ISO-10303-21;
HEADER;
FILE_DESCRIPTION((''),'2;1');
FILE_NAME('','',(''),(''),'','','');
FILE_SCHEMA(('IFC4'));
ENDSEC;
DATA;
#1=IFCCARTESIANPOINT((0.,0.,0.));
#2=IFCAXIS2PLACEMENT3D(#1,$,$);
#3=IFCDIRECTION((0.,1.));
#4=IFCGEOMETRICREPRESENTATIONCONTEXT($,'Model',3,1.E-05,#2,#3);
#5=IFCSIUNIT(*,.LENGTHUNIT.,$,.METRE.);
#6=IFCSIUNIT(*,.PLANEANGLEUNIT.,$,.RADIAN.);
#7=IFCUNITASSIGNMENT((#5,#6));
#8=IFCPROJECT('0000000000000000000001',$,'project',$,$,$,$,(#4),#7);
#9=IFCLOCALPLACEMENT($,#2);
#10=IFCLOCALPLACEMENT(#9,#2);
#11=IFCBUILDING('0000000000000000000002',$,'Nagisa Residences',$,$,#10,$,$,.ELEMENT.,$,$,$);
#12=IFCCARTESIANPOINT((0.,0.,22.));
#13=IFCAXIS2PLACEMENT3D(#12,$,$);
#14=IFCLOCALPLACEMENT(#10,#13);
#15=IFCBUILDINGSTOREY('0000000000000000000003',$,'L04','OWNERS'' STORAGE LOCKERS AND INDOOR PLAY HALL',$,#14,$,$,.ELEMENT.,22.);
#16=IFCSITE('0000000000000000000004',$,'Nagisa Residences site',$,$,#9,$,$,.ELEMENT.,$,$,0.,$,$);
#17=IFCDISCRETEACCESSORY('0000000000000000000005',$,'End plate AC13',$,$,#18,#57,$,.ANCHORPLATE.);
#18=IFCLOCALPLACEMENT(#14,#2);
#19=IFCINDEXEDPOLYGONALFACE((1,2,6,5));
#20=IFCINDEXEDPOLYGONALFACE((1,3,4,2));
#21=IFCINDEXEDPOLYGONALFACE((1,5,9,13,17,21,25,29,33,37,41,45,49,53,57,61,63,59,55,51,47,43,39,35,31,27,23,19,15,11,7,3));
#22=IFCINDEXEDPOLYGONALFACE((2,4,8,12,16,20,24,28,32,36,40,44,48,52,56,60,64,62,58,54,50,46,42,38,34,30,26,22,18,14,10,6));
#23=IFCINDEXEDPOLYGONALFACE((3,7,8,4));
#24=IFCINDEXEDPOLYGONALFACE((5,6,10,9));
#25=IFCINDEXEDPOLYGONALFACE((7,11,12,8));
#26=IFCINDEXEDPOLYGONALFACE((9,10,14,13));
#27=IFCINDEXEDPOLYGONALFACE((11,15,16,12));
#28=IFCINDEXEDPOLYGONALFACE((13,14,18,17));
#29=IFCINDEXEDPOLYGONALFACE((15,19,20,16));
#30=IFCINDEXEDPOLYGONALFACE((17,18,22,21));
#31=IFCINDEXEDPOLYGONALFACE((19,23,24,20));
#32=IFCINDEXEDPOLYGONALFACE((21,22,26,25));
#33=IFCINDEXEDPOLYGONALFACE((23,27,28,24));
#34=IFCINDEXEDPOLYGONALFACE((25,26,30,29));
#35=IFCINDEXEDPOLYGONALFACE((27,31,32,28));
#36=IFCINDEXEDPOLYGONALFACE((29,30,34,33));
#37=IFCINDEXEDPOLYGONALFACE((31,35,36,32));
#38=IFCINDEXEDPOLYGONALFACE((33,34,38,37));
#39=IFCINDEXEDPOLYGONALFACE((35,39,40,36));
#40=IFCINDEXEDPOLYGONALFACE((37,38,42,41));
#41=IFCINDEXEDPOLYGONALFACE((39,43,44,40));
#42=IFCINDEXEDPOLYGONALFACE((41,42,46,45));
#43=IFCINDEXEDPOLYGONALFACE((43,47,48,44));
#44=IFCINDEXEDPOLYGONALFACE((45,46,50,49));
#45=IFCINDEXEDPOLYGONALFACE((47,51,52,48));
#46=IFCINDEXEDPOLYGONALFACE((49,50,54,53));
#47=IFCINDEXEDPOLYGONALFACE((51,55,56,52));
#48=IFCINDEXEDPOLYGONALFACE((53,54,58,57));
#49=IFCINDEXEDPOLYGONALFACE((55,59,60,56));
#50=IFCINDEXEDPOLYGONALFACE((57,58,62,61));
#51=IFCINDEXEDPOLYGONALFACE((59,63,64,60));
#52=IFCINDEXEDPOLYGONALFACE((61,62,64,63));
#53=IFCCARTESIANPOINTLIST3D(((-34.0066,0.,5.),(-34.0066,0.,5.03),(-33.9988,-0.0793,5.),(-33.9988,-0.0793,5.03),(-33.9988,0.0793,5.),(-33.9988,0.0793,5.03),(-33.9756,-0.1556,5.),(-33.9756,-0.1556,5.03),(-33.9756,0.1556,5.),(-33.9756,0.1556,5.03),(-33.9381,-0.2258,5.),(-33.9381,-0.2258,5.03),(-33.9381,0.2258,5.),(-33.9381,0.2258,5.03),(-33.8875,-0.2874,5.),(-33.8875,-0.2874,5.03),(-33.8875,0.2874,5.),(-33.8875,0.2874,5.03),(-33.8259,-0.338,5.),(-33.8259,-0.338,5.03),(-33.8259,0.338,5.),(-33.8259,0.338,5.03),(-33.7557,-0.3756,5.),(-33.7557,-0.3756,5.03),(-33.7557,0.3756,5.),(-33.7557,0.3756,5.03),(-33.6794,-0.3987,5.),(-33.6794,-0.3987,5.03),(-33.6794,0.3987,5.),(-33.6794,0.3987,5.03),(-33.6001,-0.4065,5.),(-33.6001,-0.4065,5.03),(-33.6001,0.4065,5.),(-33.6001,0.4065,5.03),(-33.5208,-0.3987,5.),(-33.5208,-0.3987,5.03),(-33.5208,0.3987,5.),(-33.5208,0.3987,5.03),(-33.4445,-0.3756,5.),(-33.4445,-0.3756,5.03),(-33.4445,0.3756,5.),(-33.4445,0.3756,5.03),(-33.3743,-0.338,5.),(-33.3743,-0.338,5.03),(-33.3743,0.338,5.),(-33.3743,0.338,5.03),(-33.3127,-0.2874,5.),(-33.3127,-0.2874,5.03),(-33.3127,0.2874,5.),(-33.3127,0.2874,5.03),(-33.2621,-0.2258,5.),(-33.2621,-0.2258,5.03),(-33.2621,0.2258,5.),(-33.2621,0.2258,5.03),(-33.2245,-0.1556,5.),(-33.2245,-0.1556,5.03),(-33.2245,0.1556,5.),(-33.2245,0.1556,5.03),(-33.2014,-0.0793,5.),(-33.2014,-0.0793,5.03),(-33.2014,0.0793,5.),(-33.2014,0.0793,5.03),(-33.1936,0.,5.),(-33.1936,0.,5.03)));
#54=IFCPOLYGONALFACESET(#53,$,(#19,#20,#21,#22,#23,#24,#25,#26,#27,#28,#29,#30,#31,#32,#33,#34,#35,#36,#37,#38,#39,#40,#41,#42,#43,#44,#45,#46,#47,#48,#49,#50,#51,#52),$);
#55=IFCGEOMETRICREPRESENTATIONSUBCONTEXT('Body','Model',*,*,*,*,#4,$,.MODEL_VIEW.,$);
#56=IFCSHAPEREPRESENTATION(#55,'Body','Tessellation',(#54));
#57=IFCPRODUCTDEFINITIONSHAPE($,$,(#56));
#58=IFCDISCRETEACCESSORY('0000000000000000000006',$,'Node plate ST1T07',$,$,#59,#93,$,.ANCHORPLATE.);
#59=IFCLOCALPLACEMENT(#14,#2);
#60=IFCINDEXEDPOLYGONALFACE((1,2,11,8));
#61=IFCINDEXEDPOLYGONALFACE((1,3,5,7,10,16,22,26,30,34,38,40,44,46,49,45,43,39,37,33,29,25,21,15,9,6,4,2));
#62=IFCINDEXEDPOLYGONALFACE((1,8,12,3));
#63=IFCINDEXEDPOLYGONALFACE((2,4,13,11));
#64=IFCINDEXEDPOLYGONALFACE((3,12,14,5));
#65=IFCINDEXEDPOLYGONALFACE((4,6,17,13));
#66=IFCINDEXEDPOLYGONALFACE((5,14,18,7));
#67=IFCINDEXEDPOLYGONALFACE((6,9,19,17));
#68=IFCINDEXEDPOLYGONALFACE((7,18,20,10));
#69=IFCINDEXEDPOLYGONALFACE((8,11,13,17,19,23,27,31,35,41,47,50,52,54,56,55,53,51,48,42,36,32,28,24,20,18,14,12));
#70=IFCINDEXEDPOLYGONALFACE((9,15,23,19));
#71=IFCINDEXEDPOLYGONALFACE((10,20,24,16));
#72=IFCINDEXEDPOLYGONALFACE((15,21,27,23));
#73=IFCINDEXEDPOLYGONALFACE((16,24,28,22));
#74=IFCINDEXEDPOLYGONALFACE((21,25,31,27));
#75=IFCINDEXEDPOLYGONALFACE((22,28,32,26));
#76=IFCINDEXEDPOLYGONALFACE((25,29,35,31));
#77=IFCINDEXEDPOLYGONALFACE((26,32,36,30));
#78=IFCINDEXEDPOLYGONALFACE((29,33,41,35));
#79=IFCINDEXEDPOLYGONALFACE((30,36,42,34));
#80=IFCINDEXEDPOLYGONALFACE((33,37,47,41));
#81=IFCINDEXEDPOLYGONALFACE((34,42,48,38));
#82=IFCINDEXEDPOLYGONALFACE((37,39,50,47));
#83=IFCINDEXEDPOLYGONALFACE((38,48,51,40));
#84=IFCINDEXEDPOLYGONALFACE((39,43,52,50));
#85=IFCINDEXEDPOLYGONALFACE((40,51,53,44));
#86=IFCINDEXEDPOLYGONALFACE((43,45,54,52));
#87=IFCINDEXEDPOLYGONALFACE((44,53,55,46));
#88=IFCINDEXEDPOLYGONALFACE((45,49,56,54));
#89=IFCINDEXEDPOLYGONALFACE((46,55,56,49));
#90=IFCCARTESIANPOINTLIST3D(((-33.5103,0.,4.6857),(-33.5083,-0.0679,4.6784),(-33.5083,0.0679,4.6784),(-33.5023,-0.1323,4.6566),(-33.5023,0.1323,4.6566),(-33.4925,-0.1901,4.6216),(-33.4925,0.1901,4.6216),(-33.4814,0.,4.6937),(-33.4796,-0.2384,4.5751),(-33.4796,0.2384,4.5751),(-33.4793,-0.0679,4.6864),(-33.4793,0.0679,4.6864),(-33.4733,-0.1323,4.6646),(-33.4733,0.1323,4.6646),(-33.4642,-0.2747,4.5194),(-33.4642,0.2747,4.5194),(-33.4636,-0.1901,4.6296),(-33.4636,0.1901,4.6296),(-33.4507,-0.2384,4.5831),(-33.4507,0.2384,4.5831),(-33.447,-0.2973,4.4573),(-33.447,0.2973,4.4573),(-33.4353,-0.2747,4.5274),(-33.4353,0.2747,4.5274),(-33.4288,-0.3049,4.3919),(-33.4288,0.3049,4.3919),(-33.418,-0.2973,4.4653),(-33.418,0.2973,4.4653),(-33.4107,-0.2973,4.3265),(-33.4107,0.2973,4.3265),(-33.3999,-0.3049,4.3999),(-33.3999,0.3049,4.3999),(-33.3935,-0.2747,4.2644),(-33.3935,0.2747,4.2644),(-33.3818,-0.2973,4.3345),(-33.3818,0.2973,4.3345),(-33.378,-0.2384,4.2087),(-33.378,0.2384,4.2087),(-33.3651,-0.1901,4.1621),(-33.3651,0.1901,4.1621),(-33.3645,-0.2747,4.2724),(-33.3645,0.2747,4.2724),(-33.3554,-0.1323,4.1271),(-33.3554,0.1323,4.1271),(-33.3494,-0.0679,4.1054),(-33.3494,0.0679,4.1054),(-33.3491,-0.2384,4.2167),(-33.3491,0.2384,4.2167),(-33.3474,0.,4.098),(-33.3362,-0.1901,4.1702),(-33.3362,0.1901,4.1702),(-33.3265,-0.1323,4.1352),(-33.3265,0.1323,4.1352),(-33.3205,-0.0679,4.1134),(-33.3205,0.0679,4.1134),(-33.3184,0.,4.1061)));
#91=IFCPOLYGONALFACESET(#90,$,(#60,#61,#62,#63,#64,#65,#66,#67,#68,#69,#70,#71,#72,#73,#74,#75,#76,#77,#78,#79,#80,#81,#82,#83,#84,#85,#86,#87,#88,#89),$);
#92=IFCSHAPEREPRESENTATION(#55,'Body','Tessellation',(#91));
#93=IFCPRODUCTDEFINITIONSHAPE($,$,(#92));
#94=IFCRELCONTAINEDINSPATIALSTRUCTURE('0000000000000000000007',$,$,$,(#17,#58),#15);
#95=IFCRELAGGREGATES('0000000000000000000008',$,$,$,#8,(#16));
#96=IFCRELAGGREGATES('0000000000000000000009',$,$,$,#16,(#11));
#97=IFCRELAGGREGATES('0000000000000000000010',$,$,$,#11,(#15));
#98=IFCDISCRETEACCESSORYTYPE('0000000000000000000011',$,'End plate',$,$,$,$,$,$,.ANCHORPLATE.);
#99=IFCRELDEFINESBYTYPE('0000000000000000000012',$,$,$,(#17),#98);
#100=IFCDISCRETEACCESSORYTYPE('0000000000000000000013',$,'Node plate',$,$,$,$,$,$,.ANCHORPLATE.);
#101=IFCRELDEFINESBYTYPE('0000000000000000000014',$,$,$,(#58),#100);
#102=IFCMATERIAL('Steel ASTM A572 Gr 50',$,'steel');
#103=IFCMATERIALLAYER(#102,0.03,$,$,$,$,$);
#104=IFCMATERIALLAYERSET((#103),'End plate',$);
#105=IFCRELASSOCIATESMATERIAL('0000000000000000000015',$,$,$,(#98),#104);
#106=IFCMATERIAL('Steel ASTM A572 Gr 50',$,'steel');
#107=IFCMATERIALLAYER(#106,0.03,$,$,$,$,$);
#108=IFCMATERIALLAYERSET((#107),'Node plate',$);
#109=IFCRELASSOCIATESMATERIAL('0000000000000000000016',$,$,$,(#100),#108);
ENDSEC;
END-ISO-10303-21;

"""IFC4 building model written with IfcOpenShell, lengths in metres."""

from ifc_helpers import new_model, si_unit, direction, frame, origin, origin_2d, place, context, subcontext, project, spatial, circle, extrude, material, layer, layer_set, type_object, element, save


model = new_model("IFC4")

# Units and contexts
model_context = context("Model", 3, precision=1e-05, world=origin(), true_north=direction((0.0, 1.0)))
body_context = subcontext(model_context, "Body", "Model", "MODEL_VIEW")
ifc_project = project(units=[si_unit("LENGTHUNIT", "METRE"), si_unit("PLANEANGLEUNIT", "RADIAN")], contexts=[model_context])

# Site, building, storey
site_placement = place(None, origin())
site = spatial("IfcSite", under=ifc_project, at=site_placement, Name="Nagisa Residences site", CompositionType="ELEMENT", RefElevation=0.0)
building_placement = place(site_placement, origin())
building = spatial("IfcBuilding", under=site, at=building_placement, Name="Nagisa Residences", CompositionType="ELEMENT")
storey_placement = place(building_placement, frame((0.0, 0.0, 22.0)))
storey = spatial("IfcBuildingStorey", under=building, at=storey_placement, Name="L04", Description="OWNERS' STORAGE LOCKERS AND INDOOR PLAY HALL", CompositionType="ELEMENT", Elevation=22.0)

# Discrete accessories
ifc_material_1 = material(Name="Steel ASTM A572 Gr 50", Category="steel")
ifc_layer_1 = layer(ifc_material_1, 0.03)
ifc_layer_set_1 = layer_set([ifc_layer_1], Name="End plate")
discrete_accessory_type_1 = type_object("IfcDiscreteAccessoryType", Name="End plate", PredefinedType="ANCHORPLATE", material=ifc_layer_set_1)
for number, where, z_axis, x_axis, name in (
    (1, (-33.6001, 0.0, 5.0), (0.0, 0.0, 1.0), (1.0, 0.0, 0.0), "End plate AC13"),
):
    element("IfcDiscreteAccessory", number, at=place(storey_placement, frame(where, z_axis=z_axis, x_axis=x_axis)), inside=storey, type_object=discrete_accessory_type_1, Name=name, PredefinedType="ANCHORPLATE", context=body_context, shape_type="SweptSolid", body=[
        extrude(circle(Radius=0.4065, at=origin_2d()), origin(), (0.0, 0.0, 1.0), 0.03),
    ])
ifc_material_2 = material(Name="Steel ASTM A572 Gr 50", Category="steel")
ifc_layer_2 = layer(ifc_material_2, 0.03)
ifc_layer_set_2 = layer_set([ifc_layer_2], Name="Node plate")
discrete_accessory_type_2 = type_object("IfcDiscreteAccessoryType", Name="Node plate", PredefinedType="ANCHORPLATE", material=ifc_layer_set_2)
discrete_accessory_placement = place(storey_placement, frame((-33.3999, 0.0, 4.3999), z_axis=(-0.963634, 0.0, -0.267226), x_axis=(0.0, -1.0, 0.0)))
element("IfcDiscreteAccessory", 2, at=discrete_accessory_placement, inside=storey, type_object=discrete_accessory_type_2, Name="Node plate ST1T07", PredefinedType="ANCHORPLATE", context=body_context, shape_type="SweptSolid", body=[
    extrude(circle(Radius=0.3049, at=origin_2d()), origin(), (0.0, 0.0, 1.0), 0.03),
])

save(model, "model.ifc")
